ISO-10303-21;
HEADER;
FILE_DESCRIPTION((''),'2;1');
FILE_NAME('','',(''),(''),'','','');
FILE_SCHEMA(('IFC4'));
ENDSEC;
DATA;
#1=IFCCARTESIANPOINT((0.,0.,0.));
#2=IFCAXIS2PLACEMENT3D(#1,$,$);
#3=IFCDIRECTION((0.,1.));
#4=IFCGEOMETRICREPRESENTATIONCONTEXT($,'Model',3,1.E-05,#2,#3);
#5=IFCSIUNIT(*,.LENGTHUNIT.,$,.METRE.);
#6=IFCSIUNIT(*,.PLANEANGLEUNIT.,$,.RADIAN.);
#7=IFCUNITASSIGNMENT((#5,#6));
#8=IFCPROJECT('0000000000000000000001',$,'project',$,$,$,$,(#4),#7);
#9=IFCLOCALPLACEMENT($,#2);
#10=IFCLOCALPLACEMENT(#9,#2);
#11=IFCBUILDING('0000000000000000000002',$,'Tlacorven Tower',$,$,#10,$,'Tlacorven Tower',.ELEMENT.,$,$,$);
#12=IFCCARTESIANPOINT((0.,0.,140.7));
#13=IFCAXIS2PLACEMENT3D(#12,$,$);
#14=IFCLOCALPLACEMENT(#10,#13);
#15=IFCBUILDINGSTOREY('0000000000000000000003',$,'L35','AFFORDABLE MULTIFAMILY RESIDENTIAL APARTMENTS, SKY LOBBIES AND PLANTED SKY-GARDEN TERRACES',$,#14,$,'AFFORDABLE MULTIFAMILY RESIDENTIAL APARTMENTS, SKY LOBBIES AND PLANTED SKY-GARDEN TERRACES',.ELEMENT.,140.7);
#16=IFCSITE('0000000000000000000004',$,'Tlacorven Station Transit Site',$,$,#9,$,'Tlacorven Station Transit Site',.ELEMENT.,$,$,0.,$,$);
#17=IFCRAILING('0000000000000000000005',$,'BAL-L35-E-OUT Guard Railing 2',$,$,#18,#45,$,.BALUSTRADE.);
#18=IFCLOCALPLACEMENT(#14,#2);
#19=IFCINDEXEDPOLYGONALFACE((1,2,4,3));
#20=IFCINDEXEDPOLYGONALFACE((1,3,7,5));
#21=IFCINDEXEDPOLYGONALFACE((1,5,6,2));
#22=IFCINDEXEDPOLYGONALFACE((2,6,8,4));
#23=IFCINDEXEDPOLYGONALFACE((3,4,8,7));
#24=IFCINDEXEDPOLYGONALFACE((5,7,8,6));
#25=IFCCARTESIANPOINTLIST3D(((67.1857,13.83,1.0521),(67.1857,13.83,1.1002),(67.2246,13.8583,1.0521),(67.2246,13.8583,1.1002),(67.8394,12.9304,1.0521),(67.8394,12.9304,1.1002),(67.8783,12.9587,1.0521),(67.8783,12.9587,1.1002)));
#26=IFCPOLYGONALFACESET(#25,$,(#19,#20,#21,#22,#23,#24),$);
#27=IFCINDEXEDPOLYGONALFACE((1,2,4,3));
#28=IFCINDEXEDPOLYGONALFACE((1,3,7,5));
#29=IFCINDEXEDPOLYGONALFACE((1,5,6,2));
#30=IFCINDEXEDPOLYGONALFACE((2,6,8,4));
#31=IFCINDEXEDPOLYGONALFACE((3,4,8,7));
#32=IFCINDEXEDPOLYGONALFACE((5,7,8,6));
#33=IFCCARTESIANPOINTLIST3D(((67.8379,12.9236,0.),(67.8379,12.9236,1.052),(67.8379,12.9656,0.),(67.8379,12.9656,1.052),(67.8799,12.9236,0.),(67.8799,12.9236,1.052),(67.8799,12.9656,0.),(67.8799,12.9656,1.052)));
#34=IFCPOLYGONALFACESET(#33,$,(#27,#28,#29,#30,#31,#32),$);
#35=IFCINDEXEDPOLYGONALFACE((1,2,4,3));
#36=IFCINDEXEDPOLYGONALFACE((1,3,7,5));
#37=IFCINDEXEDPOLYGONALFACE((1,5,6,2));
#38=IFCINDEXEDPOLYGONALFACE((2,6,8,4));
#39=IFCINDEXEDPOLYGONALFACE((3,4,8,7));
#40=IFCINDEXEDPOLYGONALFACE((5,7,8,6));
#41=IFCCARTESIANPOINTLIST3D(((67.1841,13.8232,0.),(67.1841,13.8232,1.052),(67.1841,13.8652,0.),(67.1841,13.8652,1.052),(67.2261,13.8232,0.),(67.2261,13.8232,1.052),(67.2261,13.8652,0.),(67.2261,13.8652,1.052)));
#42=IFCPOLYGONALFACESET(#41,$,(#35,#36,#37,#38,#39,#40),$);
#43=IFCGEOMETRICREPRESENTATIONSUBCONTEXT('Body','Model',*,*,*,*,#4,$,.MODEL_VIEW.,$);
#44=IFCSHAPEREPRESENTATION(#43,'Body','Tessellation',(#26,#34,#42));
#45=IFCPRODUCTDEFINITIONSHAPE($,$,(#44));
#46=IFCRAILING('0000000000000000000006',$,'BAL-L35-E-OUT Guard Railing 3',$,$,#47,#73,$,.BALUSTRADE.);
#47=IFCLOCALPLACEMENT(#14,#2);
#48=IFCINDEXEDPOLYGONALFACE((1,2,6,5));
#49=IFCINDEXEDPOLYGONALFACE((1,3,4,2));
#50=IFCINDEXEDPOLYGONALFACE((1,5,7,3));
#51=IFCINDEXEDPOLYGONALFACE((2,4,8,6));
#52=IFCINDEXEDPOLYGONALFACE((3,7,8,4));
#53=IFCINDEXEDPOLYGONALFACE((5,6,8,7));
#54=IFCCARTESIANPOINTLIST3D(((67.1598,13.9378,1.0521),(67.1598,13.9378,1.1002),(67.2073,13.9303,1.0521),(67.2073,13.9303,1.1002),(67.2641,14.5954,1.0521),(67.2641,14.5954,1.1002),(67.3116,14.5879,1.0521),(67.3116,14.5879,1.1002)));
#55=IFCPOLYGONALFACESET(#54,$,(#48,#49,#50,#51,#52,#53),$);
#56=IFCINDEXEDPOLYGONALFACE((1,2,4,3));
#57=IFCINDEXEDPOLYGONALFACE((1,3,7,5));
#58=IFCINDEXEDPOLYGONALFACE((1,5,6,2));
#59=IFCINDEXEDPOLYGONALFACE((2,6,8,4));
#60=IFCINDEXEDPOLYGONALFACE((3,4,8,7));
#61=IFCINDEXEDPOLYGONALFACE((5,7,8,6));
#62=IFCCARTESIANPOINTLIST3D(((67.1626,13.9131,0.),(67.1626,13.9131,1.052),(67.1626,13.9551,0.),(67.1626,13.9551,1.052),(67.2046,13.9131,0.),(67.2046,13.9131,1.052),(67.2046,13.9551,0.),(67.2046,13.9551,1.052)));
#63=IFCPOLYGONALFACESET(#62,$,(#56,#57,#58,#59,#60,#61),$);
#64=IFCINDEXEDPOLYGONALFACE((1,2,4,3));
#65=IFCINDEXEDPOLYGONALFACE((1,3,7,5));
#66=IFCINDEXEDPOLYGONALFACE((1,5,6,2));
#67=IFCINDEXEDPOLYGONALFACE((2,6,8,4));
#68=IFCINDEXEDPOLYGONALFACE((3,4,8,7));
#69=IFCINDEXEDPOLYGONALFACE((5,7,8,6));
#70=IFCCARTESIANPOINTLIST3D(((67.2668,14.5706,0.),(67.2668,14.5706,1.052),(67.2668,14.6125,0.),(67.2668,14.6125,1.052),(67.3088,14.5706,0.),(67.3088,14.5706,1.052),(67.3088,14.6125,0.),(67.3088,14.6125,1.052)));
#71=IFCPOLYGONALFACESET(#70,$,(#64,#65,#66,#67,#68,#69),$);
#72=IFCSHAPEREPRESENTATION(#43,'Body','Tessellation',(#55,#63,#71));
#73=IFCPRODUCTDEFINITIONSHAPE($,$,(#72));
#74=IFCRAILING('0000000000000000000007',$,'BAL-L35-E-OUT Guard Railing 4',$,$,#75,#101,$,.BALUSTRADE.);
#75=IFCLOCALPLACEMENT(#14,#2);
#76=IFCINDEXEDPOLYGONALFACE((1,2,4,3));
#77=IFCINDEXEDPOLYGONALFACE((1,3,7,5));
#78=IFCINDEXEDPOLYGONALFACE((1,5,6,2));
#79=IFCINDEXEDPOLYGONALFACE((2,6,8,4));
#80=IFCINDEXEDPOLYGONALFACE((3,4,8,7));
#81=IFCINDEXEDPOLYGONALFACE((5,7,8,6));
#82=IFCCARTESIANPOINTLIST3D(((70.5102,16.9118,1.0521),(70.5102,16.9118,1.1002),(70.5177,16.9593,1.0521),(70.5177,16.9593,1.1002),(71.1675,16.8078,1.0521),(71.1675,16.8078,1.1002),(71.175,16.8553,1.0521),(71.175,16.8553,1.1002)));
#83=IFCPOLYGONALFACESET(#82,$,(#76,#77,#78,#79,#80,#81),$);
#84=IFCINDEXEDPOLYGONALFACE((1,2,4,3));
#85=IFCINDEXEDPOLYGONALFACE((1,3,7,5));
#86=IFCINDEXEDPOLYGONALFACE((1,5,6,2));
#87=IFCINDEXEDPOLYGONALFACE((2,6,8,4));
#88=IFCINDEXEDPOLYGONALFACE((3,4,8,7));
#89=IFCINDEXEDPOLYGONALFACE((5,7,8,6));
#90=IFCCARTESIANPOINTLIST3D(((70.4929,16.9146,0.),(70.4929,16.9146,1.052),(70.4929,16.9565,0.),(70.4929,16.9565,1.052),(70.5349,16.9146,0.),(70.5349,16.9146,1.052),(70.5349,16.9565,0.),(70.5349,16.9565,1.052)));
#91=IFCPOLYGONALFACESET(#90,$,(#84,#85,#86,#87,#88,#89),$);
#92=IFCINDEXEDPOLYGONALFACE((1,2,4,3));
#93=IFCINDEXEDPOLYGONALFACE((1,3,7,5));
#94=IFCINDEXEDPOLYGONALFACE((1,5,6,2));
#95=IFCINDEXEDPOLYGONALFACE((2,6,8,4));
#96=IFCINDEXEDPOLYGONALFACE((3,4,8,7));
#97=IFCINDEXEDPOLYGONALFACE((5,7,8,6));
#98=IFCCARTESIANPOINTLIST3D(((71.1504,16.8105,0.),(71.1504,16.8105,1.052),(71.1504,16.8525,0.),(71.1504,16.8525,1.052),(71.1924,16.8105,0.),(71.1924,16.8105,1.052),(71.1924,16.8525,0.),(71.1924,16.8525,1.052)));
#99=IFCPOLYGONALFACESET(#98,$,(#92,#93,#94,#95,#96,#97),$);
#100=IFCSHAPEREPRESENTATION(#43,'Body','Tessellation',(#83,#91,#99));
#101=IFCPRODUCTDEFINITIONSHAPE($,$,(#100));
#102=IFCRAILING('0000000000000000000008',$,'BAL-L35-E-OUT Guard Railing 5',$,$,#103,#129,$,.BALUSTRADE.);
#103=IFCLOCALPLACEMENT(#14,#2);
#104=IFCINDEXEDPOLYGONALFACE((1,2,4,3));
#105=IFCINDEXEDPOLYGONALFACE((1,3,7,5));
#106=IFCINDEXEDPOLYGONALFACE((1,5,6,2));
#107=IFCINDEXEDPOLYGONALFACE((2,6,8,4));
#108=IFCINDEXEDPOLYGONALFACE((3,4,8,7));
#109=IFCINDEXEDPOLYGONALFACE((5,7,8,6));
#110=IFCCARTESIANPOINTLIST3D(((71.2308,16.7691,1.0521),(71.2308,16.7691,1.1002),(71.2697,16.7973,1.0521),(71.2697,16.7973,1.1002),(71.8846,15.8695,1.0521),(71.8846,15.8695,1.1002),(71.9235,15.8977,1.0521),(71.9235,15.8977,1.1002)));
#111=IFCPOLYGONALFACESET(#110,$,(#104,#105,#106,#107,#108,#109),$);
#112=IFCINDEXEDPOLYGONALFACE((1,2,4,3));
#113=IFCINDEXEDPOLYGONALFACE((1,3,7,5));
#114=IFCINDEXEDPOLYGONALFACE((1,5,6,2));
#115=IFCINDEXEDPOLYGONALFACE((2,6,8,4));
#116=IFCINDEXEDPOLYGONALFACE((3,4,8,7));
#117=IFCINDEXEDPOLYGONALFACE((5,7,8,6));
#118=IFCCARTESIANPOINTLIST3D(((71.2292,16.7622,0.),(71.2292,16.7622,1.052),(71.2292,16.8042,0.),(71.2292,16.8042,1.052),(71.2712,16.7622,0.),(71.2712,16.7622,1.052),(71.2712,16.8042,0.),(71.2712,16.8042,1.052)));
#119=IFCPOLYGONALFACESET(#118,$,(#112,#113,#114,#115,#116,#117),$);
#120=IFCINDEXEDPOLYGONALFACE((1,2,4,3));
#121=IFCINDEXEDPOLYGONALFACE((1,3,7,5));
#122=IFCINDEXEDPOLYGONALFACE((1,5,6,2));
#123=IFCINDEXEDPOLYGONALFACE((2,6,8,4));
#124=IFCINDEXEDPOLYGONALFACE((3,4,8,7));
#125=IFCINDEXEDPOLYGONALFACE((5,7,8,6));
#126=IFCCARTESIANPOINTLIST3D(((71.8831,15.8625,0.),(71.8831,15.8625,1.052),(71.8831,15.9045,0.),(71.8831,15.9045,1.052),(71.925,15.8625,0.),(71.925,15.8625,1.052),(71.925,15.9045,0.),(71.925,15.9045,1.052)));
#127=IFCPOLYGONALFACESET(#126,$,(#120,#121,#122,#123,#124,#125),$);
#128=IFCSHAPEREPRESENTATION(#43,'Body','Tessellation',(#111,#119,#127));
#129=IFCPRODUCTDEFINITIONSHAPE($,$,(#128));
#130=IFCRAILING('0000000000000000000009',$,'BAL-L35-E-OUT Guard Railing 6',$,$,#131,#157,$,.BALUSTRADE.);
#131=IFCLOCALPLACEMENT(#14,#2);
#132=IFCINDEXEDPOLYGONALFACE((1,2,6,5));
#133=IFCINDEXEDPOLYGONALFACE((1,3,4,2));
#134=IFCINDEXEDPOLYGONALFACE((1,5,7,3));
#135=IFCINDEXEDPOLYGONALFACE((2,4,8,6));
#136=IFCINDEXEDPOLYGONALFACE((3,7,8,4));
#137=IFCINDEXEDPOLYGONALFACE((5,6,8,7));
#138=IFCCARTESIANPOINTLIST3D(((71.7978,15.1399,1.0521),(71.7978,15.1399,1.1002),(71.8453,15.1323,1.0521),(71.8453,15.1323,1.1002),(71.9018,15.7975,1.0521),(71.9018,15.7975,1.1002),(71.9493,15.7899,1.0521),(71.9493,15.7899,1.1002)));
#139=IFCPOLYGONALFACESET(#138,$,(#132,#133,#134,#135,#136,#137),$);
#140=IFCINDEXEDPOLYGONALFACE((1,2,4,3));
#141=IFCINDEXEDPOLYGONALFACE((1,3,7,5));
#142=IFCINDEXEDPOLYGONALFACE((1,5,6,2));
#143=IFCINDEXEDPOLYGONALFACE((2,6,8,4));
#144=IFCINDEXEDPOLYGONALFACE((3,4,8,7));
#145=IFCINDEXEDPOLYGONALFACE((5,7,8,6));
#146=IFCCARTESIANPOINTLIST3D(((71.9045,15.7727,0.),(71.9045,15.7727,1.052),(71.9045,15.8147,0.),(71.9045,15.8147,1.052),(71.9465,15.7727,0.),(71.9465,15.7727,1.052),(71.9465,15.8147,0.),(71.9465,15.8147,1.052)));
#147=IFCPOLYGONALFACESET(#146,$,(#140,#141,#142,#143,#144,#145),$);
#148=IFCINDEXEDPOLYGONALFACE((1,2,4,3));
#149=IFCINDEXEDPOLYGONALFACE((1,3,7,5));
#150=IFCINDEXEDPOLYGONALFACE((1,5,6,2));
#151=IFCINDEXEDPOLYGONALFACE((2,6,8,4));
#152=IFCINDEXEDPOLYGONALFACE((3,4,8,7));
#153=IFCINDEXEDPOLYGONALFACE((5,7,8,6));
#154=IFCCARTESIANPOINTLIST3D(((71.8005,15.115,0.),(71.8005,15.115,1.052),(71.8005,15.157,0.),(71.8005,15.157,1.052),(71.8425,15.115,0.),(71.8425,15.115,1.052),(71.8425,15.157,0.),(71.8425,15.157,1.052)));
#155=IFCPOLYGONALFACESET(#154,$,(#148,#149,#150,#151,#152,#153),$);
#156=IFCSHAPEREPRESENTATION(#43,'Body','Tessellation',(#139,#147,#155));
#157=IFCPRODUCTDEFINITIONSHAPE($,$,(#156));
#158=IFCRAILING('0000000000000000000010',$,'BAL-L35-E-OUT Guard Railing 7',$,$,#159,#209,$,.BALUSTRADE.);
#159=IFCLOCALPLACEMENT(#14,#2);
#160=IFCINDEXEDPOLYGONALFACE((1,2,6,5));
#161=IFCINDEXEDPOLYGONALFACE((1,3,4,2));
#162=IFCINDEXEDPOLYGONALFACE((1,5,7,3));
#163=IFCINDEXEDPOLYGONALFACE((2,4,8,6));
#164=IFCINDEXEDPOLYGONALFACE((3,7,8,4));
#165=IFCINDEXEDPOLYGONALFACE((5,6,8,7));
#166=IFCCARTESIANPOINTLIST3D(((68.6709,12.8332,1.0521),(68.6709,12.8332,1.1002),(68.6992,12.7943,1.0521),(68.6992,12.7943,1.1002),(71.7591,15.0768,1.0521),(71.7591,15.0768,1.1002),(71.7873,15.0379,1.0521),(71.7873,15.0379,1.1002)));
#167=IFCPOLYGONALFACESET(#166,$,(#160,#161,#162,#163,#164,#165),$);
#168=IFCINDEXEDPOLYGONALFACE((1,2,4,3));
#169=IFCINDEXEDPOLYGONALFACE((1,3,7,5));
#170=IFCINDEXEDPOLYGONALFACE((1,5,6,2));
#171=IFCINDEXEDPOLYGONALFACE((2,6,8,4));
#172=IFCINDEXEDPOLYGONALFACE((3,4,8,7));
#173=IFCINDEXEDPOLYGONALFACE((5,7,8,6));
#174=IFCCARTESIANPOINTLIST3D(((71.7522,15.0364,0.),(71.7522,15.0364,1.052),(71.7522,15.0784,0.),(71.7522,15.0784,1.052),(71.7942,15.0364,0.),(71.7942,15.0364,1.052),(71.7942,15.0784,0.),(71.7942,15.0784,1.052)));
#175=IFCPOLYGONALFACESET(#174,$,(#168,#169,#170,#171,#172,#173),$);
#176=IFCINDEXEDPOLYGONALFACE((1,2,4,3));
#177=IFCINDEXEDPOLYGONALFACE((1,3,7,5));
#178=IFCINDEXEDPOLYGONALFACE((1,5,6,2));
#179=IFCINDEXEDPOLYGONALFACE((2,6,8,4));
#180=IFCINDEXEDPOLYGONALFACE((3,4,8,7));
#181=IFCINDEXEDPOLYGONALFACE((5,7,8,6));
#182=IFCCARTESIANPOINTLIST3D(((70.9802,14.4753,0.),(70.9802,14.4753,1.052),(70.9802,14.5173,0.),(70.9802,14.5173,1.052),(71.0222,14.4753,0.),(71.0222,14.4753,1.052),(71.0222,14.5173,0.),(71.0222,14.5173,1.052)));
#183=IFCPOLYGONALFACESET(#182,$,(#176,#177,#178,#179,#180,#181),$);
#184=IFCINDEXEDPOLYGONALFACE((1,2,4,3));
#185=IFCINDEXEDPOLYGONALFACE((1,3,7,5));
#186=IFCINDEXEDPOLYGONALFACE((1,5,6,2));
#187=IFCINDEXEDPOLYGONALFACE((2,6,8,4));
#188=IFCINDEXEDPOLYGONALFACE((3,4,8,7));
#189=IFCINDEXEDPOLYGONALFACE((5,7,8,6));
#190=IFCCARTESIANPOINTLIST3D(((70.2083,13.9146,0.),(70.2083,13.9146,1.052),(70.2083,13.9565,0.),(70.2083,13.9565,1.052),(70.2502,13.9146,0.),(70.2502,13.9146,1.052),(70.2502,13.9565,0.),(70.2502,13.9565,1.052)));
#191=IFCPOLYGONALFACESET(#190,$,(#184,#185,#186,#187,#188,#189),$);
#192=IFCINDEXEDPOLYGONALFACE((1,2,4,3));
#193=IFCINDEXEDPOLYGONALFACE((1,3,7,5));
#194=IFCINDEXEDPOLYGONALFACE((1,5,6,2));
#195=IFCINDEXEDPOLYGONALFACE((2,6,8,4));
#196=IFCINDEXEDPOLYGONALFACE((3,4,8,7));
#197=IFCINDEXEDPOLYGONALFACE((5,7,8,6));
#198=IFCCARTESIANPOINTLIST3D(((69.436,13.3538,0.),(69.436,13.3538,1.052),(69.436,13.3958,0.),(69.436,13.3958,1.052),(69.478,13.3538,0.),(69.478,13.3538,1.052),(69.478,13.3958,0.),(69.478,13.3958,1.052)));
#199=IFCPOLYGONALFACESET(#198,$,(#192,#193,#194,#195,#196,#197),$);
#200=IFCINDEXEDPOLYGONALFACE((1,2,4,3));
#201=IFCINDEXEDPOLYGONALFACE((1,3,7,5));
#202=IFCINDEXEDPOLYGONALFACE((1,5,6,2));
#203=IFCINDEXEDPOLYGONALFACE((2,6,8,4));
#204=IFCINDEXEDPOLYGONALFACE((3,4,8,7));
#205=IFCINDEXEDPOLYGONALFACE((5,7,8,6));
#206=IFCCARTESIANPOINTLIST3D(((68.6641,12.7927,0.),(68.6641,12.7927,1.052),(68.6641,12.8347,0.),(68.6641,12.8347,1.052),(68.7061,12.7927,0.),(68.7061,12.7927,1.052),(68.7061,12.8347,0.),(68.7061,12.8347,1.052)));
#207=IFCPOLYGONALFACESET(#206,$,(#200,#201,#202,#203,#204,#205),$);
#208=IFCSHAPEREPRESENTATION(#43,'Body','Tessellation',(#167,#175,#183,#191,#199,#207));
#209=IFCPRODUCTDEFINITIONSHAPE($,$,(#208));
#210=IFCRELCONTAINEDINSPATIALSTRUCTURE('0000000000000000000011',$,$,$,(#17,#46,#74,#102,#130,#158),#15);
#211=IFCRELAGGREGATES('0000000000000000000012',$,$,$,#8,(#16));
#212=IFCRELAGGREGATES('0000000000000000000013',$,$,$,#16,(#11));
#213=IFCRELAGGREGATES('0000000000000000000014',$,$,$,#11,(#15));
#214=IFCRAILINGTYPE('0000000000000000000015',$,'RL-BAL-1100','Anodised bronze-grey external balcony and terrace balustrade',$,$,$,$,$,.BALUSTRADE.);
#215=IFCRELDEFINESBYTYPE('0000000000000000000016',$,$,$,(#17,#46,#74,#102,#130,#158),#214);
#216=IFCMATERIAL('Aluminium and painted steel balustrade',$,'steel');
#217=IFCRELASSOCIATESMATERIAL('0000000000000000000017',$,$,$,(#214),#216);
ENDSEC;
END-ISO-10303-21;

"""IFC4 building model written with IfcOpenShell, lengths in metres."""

from ifc_helpers import new_model, si_unit, direction, frame, origin, origin_2d, place, context, subcontext, project, spatial, rectangle, extrude, source, transform, mapped, material, type_object, element, save


model = new_model("IFC4")

# Units and contexts
model_context = context("Model", 3, precision=1e-05, world=origin(), true_north=direction((0.0, 1.0)))
body_context = subcontext(model_context, "Body", "Model", "MODEL_VIEW")
ifc_project = project(units=[si_unit("LENGTHUNIT", "METRE"), si_unit("PLANEANGLEUNIT", "RADIAN")], contexts=[model_context])

# Site, building, storey
site_placement = place(None, origin())
site = spatial("IfcSite", under=ifc_project, at=site_placement, Name="Tlacorven Station Transit Site", LongName="Tlacorven Station Transit Site", CompositionType="ELEMENT", RefElevation=0.0)
building_placement = place(site_placement, origin())
building = spatial("IfcBuilding", under=site, at=building_placement, Name="Tlacorven Tower", LongName="Tlacorven Tower", CompositionType="ELEMENT")
storey_placement = place(building_placement, frame((0.0, 0.0, 140.7)))
storey = spatial("IfcBuildingStorey", under=building, at=storey_placement, Name="L35", Description="AFFORDABLE MULTIFAMILY RESIDENTIAL APARTMENTS, SKY LOBBIES AND PLANTED SKY-GARDEN TERRACES", LongName="AFFORDABLE MULTIFAMILY RESIDENTIAL APARTMENTS, SKY LOBBIES AND PLANTED SKY-GARDEN TERRACES", CompositionType="ELEMENT", Elevation=140.7)

# Railings
ifc_material_1 = material(Name="Aluminium and painted steel balustrade", Category="steel")
railing_type_1 = type_object("IfcRailingType", Name="RL-BAL-1100", Description="Anodised bronze-grey external balcony and terrace balustrade", PredefinedType="BALUSTRADE", material=ifc_material_1)
shared_shape_1 = source(origin(), body_context, "Body", "SweptSolid", [
    extrude(rectangle(XDim=0.0481, YDim=0.0481, at=origin_2d()), frame((0.0, 0.0, 1.0762), z_axis=(-0.587884, 0.808945, 0.0), x_axis=(-0.808945, -0.587884, 0.0)), (0.0, 0.0, 1.0), 1.1121),
    extrude(rectangle(XDim=0.042, YDim=0.042, at=origin_2d()), origin(), (0.0, 0.0, 1.0), 1.052),
    extrude(rectangle(XDim=0.042, YDim=0.042, at=origin_2d()), frame((-0.6538, 0.8997, 0.0)), (0.0, 0.0, 1.0), 1.052),
])
railing_1_placement = place(storey_placement, frame((67.8589, 12.9446, 0.0)))
element("IfcRailing", 1, at=railing_1_placement, inside=storey, type_object=railing_type_1, Name="BAL-L35-E-OUT Guard Railing 2", PredefinedType="BALUSTRADE", context=body_context, shape_type="MappedRepresentation", body=[
    mapped(shared_shape_1, transform((0.0, 0.0, 0.0), scale=1.0)),
])
shared_shape_2 = source(origin(), body_context, "Body", "SweptSolid", [
    extrude(rectangle(XDim=0.0481, YDim=0.0481, at=origin_2d()), frame((0.0, 0.0, 1.0762), z_axis=(0.156603, 0.987662, 0.0), x_axis=(-0.987662, 0.156603, 0.0)), (0.0, 0.0, 1.0), 0.6658),
    extrude(rectangle(XDim=0.042, YDim=0.042, at=origin_2d()), origin(), (0.0, 0.0, 1.0), 1.052),
    extrude(rectangle(XDim=0.042, YDim=0.042, at=origin_2d()), frame((0.1042, 0.6575, 0.0)), (0.0, 0.0, 1.0), 1.052),
])
railing_2_placement = place(storey_placement, frame((67.1836, 13.9341, 0.0)))
element("IfcRailing", 2, at=railing_2_placement, inside=storey, type_object=railing_type_1, Name="BAL-L35-E-OUT Guard Railing 3", PredefinedType="BALUSTRADE", context=body_context, shape_type="MappedRepresentation", body=[
    mapped(shared_shape_2, transform((0.0, 0.0, 0.0), scale=1.0)),
])
shared_shape_3 = source(origin(), body_context, "Body", "SweptSolid", [
    extrude(rectangle(XDim=0.0481, YDim=0.0481, at=origin_2d()), frame((0.0, 0.0, 1.0762), z_axis=(0.987718, -0.156245, 0.0), x_axis=(0.156245, 0.987718, 0.0)), (0.0, 0.0, 1.0), 0.6655),
    extrude(rectangle(XDim=0.042, YDim=0.042, at=origin_2d()), origin(), (0.0, 0.0, 1.0), 1.052),
    extrude(rectangle(XDim=0.042, YDim=0.042, at=origin_2d()), frame((0.6575, -0.104, 0.0)), (0.0, 0.0, 1.0), 1.052),
])
railing_3_placement = place(storey_placement, frame((70.5139, 16.9355, 0.0)))
element("IfcRailing", 3, at=railing_3_placement, inside=storey, type_object=railing_type_1, Name="BAL-L35-E-OUT Guard Railing 4", PredefinedType="BALUSTRADE", context=body_context, shape_type="MappedRepresentation", body=[
    mapped(shared_shape_3, transform((0.0, 0.0, 0.0), scale=1.0)),
])
shared_shape_4 = source(origin(), body_context, "Body", "SweptSolid", [
    extrude(rectangle(XDim=0.0481, YDim=0.0481, at=origin_2d()), frame((0.0, 0.0, 1.0762), z_axis=(0.587884, -0.808945, 0.0), x_axis=(0.808945, 0.587884, 0.0)), (0.0, 0.0, 1.0), 1.1121),
    extrude(rectangle(XDim=0.042, YDim=0.042, at=origin_2d()), origin(), (0.0, 0.0, 1.0), 1.052),
    extrude(rectangle(XDim=0.042, YDim=0.042, at=origin_2d()), frame((0.6538, -0.8997, 0.0)), (0.0, 0.0, 1.0), 1.052),
])
railing_4_placement = place(storey_placement, frame((71.2502, 16.7832, 0.0)))
element("IfcRailing", 4, at=railing_4_placement, inside=storey, type_object=railing_type_1, Name="BAL-L35-E-OUT Guard Railing 5", PredefinedType="BALUSTRADE", context=body_context, shape_type="MappedRepresentation", body=[
    mapped(shared_shape_4, transform((0.0, 0.0, 0.0), scale=1.0)),
])
shared_shape_5 = source(origin(), body_context, "Body", "SweptSolid", [
    extrude(rectangle(XDim=0.0481, YDim=0.0481, at=origin_2d()), frame((0.0, 0.0, 1.0762), z_axis=(-0.156188, -0.987727, 0.0), x_axis=(0.987727, -0.156188, 0.0)), (0.0, 0.0, 1.0), 0.6658),
    extrude(rectangle(XDim=0.042, YDim=0.042, at=origin_2d()), origin(), (0.0, 0.0, 1.0), 1.052),
    extrude(rectangle(XDim=0.042, YDim=0.042, at=origin_2d()), frame((-0.104, -0.6577, 0.0)), (0.0, 0.0, 1.0), 1.052),
])
railing_5_placement = place(storey_placement, frame((71.9255, 15.7937, 0.0)))
element("IfcRailing", 5, at=railing_5_placement, inside=storey, type_object=railing_type_1, Name="BAL-L35-E-OUT Guard Railing 6", PredefinedType="BALUSTRADE", context=body_context, shape_type="MappedRepresentation", body=[
    mapped(shared_shape_5, transform((0.0, 0.0, 0.0), scale=1.0)),
])
shared_shape_6 = source(origin(), body_context, "Body", "SweptSolid", [
    extrude(rectangle(XDim=0.0481, YDim=0.0481, at=origin_2d()), frame((0.0, 0.0, 1.0762), z_axis=(-0.809018, -0.587784, 0.0), x_axis=(0.587784, -0.809018, 0.0)), (0.0, 0.0, 1.0), 3.8171),
    extrude(rectangle(XDim=0.042, YDim=0.042, at=origin_2d()), origin(), (0.0, 0.0, 1.0), 1.052),
    extrude(rectangle(XDim=0.042, YDim=0.042, at=origin_2d()), frame((-0.772, -0.561, 0.0)), (0.0, 0.0, 1.0), 1.052),
    extrude(rectangle(XDim=0.042, YDim=0.042, at=origin_2d()), frame((-1.5439, -1.1218, 0.0)), (0.0, 0.0, 1.0), 1.052),
    extrude(rectangle(XDim=0.042, YDim=0.042, at=origin_2d()), frame((-2.3162, -1.6826, 0.0)), (0.0, 0.0, 1.0), 1.052),
    extrude(rectangle(XDim=0.042, YDim=0.042, at=origin_2d()), frame((-3.0881, -2.2437, 0.0)), (0.0, 0.0, 1.0), 1.052),
])
railing_6_placement = place(storey_placement, frame((71.7732, 15.0574, 0.0)))
element("IfcRailing", 6, at=railing_6_placement, inside=storey, type_object=railing_type_1, Name="BAL-L35-E-OUT Guard Railing 7", PredefinedType="BALUSTRADE", context=body_context, shape_type="MappedRepresentation", body=[
    mapped(shared_shape_6, transform((0.0, 0.0, 0.0), scale=1.0)),
])

save(model, "model.ifc")
